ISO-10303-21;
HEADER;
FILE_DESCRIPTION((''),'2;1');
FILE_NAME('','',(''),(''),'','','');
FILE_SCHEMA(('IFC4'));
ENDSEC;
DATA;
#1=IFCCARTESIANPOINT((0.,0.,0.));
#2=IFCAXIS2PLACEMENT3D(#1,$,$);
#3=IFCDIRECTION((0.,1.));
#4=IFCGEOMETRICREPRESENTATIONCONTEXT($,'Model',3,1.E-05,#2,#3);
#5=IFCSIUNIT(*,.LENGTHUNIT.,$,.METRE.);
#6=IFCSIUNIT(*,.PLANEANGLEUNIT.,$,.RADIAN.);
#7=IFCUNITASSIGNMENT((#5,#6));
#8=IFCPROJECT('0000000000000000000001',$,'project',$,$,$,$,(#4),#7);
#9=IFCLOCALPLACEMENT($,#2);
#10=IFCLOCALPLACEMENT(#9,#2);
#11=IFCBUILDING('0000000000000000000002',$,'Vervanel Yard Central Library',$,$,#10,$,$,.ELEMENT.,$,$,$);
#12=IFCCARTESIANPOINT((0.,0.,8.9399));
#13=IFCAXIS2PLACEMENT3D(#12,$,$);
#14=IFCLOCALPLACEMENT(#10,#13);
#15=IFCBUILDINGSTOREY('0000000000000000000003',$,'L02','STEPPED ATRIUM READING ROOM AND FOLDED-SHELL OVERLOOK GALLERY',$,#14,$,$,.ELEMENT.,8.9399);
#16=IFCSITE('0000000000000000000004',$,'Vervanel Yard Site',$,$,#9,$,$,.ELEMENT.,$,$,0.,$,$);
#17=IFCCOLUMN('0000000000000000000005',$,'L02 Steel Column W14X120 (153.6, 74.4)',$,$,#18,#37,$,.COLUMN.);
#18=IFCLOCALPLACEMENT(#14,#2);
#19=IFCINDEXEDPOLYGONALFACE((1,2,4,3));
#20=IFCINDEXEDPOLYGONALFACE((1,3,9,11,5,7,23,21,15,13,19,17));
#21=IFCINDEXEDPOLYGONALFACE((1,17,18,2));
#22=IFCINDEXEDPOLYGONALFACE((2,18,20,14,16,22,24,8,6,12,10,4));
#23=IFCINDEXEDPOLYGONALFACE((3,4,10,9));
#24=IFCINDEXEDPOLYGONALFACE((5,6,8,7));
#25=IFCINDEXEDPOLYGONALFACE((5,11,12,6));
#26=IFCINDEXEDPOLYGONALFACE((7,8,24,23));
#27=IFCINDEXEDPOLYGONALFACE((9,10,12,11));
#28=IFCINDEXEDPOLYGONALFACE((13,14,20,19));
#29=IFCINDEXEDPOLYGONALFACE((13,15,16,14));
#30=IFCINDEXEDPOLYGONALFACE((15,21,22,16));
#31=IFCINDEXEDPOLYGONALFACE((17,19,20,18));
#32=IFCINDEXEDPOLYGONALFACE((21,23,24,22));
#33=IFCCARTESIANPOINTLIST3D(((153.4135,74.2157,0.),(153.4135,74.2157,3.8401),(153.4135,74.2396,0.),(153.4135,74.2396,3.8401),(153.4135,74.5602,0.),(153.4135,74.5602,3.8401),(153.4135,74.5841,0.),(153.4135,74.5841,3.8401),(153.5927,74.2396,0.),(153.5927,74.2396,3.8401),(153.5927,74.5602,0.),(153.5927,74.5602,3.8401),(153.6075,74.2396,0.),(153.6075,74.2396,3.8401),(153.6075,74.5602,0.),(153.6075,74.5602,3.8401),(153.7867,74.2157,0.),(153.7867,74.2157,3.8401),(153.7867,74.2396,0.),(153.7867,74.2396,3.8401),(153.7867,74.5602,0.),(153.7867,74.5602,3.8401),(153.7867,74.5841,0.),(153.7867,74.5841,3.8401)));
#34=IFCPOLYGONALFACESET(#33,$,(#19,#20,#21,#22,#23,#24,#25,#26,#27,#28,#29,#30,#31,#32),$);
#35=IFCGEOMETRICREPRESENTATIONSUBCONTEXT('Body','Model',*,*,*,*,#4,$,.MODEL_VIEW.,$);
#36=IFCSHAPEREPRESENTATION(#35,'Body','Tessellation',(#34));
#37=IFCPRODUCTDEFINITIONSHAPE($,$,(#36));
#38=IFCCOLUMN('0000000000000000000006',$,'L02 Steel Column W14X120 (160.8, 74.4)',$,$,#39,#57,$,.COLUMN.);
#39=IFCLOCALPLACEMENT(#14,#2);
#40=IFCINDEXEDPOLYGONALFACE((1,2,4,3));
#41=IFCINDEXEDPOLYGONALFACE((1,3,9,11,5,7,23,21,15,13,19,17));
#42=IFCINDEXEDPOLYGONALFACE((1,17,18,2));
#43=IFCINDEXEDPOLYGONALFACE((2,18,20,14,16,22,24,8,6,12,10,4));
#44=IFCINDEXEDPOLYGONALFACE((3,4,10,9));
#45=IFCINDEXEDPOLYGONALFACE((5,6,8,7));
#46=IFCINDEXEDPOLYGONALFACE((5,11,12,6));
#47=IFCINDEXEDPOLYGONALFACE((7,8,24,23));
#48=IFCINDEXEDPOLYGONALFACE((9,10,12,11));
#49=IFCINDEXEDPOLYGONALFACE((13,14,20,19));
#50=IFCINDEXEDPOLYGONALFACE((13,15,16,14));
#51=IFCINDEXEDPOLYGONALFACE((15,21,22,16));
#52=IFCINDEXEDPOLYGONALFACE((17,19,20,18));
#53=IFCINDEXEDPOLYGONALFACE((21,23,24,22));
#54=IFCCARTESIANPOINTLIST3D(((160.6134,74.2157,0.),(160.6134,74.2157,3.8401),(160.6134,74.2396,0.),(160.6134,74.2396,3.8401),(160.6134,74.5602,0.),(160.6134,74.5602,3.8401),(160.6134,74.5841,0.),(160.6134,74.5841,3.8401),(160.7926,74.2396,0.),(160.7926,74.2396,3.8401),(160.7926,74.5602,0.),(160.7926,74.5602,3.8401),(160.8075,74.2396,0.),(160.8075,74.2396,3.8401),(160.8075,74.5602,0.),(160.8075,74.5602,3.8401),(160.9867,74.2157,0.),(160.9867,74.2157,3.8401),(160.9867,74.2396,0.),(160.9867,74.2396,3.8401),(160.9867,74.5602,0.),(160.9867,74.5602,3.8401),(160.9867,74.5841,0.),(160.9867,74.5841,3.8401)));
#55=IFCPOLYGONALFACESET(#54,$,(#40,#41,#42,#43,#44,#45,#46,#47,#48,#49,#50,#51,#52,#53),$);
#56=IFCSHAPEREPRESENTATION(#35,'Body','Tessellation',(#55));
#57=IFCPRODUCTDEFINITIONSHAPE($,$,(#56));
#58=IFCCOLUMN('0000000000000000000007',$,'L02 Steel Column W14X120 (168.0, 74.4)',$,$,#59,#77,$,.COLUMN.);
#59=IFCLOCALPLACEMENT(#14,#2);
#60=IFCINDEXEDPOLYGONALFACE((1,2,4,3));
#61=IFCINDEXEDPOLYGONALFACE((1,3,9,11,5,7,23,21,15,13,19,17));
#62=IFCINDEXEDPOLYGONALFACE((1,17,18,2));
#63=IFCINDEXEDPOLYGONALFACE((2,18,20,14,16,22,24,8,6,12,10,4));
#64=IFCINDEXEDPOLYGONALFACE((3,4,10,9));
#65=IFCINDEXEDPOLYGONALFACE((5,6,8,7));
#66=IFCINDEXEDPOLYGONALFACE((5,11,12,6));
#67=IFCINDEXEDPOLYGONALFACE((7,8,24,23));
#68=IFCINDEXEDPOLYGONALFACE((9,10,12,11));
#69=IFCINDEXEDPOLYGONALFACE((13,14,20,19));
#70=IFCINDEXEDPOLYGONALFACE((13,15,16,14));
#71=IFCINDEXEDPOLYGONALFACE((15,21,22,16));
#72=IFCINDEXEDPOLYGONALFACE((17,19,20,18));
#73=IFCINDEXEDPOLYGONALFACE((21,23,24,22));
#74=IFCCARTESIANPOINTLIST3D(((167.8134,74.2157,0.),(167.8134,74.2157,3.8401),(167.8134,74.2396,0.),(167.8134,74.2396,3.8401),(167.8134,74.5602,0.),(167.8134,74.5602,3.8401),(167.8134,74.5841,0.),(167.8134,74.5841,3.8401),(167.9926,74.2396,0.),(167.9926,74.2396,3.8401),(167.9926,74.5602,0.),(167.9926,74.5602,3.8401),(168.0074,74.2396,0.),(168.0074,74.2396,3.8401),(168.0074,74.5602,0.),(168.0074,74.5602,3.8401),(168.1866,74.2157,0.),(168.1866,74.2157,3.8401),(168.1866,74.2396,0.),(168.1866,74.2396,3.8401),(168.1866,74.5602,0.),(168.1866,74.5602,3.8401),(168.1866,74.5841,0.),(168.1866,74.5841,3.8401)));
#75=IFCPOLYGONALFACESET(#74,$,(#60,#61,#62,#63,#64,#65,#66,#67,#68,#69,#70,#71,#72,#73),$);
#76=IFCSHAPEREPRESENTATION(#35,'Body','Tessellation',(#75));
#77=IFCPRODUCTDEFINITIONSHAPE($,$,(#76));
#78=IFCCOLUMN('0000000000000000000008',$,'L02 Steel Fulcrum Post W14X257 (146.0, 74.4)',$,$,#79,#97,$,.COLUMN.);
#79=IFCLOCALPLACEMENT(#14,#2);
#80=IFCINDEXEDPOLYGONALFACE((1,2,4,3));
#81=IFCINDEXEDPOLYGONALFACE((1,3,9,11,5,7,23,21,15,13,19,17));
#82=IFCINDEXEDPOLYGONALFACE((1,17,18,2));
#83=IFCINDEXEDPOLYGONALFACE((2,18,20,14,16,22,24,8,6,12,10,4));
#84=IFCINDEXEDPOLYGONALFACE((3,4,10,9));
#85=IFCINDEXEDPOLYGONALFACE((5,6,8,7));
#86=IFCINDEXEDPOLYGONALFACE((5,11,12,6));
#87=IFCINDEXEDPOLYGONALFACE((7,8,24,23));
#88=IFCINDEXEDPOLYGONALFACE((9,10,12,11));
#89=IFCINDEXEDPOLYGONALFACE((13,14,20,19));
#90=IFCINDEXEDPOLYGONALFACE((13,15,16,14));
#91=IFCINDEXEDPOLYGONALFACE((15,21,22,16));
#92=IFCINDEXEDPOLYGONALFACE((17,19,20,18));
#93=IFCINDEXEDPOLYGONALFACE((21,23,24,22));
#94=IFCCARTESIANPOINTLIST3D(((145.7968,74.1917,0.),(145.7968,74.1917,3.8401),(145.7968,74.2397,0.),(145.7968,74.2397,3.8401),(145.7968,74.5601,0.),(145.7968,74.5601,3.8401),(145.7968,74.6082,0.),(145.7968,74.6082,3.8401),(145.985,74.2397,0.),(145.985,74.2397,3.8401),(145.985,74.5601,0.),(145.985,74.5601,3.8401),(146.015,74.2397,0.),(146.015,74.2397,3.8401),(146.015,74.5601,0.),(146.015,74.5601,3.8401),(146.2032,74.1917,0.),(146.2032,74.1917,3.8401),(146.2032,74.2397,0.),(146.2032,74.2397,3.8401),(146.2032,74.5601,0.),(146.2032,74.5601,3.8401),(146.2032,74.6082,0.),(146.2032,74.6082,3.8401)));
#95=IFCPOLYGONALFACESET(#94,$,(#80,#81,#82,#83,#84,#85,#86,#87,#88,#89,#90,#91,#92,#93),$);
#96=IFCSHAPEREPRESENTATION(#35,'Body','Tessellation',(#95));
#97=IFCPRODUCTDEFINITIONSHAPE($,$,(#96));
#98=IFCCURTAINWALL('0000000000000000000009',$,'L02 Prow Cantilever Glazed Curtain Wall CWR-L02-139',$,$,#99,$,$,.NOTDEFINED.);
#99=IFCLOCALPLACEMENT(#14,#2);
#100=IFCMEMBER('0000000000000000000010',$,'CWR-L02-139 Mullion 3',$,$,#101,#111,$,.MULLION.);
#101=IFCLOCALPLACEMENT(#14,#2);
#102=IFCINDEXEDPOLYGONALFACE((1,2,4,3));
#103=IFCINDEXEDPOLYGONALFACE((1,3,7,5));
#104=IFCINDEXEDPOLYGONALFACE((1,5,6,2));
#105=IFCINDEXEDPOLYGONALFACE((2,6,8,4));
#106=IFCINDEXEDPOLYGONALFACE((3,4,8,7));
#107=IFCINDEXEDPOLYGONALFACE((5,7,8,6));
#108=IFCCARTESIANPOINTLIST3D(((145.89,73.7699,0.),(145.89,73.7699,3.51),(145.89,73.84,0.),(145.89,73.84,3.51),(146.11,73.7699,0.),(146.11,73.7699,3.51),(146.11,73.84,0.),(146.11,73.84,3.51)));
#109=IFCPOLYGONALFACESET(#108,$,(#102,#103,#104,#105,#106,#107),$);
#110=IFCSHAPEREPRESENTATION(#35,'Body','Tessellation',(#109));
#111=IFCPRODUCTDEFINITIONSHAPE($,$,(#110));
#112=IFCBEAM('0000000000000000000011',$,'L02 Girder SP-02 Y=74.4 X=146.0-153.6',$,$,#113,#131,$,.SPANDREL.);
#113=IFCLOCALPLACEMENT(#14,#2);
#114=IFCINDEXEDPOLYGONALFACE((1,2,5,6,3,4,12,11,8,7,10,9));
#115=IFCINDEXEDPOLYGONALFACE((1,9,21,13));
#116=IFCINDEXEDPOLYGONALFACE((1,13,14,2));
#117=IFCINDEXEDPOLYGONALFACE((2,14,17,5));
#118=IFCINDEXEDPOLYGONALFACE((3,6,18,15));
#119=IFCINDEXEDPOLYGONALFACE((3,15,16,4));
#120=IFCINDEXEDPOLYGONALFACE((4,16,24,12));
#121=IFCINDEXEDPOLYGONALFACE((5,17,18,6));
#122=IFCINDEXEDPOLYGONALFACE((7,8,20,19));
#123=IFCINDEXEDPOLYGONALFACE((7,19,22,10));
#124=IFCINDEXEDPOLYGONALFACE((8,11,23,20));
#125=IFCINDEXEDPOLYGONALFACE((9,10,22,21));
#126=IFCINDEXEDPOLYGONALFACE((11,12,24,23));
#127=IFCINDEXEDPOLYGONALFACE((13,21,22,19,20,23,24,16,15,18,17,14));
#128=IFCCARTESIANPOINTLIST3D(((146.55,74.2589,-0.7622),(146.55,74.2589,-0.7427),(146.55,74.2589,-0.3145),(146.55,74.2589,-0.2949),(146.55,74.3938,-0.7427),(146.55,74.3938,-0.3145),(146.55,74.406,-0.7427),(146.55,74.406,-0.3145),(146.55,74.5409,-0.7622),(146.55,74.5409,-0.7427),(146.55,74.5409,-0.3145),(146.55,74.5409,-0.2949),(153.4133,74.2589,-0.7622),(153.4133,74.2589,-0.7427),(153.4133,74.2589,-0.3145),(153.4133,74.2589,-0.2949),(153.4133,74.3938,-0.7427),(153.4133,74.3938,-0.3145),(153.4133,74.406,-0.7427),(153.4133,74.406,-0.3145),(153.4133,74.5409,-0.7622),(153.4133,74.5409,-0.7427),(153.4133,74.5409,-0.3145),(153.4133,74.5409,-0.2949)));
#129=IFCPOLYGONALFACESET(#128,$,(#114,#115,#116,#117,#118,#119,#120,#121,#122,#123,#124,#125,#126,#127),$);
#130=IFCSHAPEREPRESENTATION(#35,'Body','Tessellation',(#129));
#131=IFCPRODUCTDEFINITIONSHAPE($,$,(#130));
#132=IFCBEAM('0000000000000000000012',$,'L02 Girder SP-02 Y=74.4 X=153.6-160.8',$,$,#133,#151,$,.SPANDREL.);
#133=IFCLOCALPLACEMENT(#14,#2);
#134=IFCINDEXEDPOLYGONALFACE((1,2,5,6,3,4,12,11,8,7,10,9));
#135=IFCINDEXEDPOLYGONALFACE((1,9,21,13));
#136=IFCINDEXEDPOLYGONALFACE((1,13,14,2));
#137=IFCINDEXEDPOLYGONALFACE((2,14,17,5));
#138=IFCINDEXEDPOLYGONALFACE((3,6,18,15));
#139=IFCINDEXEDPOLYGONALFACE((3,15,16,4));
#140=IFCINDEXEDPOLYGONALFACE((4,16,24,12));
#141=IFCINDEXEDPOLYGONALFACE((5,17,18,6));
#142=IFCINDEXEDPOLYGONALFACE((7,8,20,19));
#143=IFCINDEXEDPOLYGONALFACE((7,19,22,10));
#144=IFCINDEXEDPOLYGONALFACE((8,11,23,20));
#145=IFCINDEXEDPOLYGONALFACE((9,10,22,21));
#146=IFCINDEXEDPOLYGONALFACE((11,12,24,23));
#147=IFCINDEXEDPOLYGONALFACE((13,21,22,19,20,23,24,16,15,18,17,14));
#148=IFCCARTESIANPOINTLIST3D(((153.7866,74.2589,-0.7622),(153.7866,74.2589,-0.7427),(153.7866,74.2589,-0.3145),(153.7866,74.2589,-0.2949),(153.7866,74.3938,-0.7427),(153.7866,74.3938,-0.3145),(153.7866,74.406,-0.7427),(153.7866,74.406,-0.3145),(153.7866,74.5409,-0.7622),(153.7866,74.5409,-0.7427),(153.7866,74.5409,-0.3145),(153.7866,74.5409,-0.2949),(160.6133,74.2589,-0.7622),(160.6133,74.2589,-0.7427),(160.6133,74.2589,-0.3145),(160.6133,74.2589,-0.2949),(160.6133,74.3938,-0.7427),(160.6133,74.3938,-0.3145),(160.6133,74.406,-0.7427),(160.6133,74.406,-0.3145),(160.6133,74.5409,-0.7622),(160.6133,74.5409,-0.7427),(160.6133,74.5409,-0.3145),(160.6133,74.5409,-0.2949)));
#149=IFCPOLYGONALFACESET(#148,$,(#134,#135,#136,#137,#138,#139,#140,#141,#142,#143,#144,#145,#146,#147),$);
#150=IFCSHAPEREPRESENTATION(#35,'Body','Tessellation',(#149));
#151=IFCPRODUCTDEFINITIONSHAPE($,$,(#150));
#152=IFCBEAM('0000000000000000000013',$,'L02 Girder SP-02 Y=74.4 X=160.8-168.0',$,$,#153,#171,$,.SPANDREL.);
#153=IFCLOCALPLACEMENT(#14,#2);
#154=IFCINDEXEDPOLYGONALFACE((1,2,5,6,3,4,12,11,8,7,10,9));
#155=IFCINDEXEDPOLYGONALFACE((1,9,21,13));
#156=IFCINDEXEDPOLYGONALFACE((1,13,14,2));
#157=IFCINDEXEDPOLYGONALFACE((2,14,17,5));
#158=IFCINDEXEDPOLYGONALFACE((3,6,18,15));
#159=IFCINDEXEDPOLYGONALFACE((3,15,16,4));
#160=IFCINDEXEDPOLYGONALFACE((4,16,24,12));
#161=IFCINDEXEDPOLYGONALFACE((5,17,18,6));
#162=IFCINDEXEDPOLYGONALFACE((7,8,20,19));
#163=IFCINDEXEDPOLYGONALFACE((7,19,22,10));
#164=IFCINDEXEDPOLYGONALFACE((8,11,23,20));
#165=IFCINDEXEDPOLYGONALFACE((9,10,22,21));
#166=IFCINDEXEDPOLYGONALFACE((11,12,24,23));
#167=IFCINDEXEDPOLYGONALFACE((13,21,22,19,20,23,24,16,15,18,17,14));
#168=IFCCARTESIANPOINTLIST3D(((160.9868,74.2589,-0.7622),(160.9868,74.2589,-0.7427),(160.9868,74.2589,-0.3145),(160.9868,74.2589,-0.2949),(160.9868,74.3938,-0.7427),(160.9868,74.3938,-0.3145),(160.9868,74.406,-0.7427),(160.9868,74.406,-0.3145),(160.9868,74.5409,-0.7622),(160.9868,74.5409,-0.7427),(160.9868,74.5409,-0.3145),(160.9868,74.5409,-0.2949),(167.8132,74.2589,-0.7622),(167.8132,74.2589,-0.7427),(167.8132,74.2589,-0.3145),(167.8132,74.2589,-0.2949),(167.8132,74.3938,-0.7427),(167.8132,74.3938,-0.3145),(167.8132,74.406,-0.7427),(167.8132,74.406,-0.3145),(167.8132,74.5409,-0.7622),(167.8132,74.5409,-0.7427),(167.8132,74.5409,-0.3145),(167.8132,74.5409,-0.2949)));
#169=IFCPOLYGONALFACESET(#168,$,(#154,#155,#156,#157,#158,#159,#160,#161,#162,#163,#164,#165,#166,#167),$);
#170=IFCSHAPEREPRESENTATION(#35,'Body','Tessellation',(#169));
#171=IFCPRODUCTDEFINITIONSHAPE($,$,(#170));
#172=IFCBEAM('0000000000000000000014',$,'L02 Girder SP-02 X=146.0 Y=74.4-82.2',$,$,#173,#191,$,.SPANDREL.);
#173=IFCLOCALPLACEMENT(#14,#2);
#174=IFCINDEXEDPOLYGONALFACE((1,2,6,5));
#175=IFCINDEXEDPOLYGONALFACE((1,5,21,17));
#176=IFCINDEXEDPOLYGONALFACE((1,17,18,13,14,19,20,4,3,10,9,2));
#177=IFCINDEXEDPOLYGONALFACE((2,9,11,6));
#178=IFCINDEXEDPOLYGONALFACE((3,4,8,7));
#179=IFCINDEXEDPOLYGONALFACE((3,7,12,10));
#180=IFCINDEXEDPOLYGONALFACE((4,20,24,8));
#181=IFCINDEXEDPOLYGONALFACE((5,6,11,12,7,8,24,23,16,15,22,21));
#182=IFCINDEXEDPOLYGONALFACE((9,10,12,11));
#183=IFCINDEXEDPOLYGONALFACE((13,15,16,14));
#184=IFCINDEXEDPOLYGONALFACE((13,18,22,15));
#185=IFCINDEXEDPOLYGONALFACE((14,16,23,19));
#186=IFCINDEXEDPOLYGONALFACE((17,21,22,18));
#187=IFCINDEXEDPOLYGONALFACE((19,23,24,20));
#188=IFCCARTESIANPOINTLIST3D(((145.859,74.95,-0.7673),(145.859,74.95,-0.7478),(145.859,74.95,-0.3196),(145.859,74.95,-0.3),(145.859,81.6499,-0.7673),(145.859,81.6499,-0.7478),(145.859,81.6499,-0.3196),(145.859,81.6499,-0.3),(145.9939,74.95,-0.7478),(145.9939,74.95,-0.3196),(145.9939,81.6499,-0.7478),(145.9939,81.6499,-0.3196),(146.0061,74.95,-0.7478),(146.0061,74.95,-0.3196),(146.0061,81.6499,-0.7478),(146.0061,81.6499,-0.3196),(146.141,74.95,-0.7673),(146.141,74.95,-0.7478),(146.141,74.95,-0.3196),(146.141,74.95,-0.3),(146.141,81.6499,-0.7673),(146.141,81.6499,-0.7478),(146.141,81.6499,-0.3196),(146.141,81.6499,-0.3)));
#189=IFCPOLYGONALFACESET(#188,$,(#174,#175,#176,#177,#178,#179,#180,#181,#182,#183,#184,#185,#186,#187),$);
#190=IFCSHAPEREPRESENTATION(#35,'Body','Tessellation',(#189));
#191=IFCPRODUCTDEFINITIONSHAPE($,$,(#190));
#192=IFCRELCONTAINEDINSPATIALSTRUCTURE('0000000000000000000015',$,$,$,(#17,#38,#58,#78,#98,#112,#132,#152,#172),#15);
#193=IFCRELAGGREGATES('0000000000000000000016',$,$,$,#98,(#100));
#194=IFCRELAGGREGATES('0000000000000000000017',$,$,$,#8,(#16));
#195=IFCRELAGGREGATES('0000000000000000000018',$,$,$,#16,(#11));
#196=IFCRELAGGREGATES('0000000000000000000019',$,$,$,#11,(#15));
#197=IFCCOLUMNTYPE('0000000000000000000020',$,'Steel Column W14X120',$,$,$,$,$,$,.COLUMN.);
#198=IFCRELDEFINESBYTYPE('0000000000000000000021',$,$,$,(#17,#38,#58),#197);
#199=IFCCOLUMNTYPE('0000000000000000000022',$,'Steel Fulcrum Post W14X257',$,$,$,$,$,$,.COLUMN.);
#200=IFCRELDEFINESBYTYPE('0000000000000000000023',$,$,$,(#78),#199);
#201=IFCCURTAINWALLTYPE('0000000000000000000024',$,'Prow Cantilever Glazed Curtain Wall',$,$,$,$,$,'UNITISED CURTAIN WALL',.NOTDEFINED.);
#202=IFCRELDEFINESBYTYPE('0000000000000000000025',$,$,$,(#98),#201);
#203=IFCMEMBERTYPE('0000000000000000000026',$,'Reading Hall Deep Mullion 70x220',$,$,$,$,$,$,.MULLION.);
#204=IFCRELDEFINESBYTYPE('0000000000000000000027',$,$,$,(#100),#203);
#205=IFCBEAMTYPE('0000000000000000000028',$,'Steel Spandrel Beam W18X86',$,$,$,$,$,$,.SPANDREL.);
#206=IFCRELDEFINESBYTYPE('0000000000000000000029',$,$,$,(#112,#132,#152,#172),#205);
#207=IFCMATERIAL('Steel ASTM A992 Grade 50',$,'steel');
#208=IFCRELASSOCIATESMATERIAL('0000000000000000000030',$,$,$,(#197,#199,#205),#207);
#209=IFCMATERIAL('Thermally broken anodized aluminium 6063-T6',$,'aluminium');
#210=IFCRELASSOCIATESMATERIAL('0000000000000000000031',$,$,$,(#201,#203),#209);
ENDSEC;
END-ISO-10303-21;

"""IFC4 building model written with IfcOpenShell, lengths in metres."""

from ifc_helpers import new_model, si_unit, direction, frame, origin, origin_2d, place, context, subcontext, project, spatial, rectangle, i_section, extrude, material, material_profile, profile_set, type_object, element, aggregate, save


model = new_model("IFC4")

# Units and contexts
model_context = context("Model", 3, precision=1e-05, world=origin(), true_north=direction((0.0, 1.0)))
body_context = subcontext(model_context, "Body", "Model", "MODEL_VIEW")
ifc_project = project(units=[si_unit("LENGTHUNIT", "METRE"), si_unit("PLANEANGLEUNIT", "RADIAN")], contexts=[model_context])

# Site, building, storey
site_placement = place(None, origin())
site = spatial("IfcSite", under=ifc_project, at=site_placement, Name="Vervanel Yard Site", CompositionType="ELEMENT", RefElevation=0.0)
building_placement = place(site_placement, origin())
building = spatial("IfcBuilding", under=site, at=building_placement, Name="Vervanel Yard Central Library", CompositionType="ELEMENT")
storey_placement = place(building_placement, frame((0.0, 0.0, 8.9399)))
storey = spatial("IfcBuildingStorey", under=building, at=storey_placement, Name="L02", Description="STEPPED ATRIUM READING ROOM AND FOLDED-SHELL OVERLOOK GALLERY", CompositionType="ELEMENT", Elevation=8.9399)

# Columns
ifc_material_1 = material(Name="Steel ASTM A992 Grade 50", Category="steel")
ifc_material_profile_1 = material_profile(ifc_material_1, i_section(OverallWidth=0.3733, OverallDepth=0.3684, WebThickness=0.0149, FlangeThickness=0.0239, at=origin_2d()), Name="W14X120", Category="steel")
ifc_profile_set_1 = profile_set([ifc_material_profile_1], Name="Steel ASTM A992 Grade 50")
column_type_1 = type_object("IfcColumnType", Name="Steel Column W14X120", PredefinedType="COLUMN", material=ifc_profile_set_1)
for number, where, z_axis, x_axis, name in (
    (1, (153.6001, 74.3999, 0.0), (0.0, 0.0, 1.0), (1.0, 0.0, 0.0), "L02 Steel Column W14X120 (153.6, 74.4)"),
    (2, (160.8, 74.3999, 0.0), (0.0, 0.0, 1.0), (1.0, 0.0, 0.0), "L02 Steel Column W14X120 (160.8, 74.4)"),
    (3, (168.0, 74.3999, 0.0), (0.0, 0.0, 1.0), (1.0, 0.0, 0.0), "L02 Steel Column W14X120 (168.0, 74.4)"),
):
    element("IfcColumn", number, at=place(storey_placement, frame(where, z_axis=z_axis, x_axis=x_axis)), inside=storey, type_object=column_type_1, Name=name, PredefinedType="COLUMN", context=body_context, shape_type="SweptSolid", body=[
        extrude(i_section(OverallWidth=0.3733, OverallDepth=0.3684, WebThickness=0.0149, FlangeThickness=0.0239, at=origin_2d()), origin(), (0.0, 0.0, 1.0), 3.8401),
    ])
ifc_material_profile_2 = material_profile(ifc_material_1, i_section(OverallWidth=0.4065, OverallDepth=0.4165, WebThickness=0.03, FlangeThickness=0.0481, at=origin_2d()), Name="W14X257", Category="steel")
ifc_profile_set_2 = profile_set([ifc_material_profile_2], Name="Steel ASTM A992 Grade 50")
column_type_2 = type_object("IfcColumnType", Name="Steel Fulcrum Post W14X257", PredefinedType="COLUMN", material=ifc_profile_set_2)
column_placement = place(storey_placement, frame((146.0, 74.3999, 0.0), z_axis=(0.0, 0.0, 1.0), x_axis=(1.0, 0.0, 0.0)))
element("IfcColumn", 4, at=column_placement, inside=storey, type_object=column_type_2, Name="L02 Steel Fulcrum Post W14X257 (146.0, 74.4)", PredefinedType="COLUMN", context=body_context, shape_type="SweptSolid", body=[
    extrude(i_section(OverallWidth=0.4065, OverallDepth=0.4165, WebThickness=0.03, FlangeThickness=0.0481, at=origin_2d()), origin(), (0.0, 0.0, 1.0), 3.8401),
])

# Curtain wall, member
ifc_material_2 = material(Name="Thermally broken anodized aluminium 6063-T6", Category="aluminium")
curtain_wall_type = type_object("IfcCurtainWallType", Name="Prow Cantilever Glazed Curtain Wall", ElementType="UNITISED CURTAIN WALL", PredefinedType="NOTDEFINED", material=ifc_material_2)
curtain_wall_placement = place(storey_placement, origin())
curtain_wall = element("IfcCurtainWall", 5, at=curtain_wall_placement, inside=storey, type_object=curtain_wall_type, Name="L02 Prow Cantilever Glazed Curtain Wall CWR-L02-139", PredefinedType="NOTDEFINED")
ifc_material_profile_3 = material_profile(ifc_material_2, rectangle(XDim=0.0701, YDim=0.22, at=origin_2d()), Name="ALU 70x220", Category="aluminium")
ifc_profile_set_3 = profile_set([ifc_material_profile_3], Name="Thermally broken anodized aluminium 6063-T6")
member_type = type_object("IfcMemberType", Name="Reading Hall Deep Mullion 70x220", PredefinedType="MULLION", material=ifc_profile_set_3)
member_placement = place(storey_placement, frame((146.0, 73.8049, 0.0), z_axis=(0.0, 0.0, 1.0), x_axis=(0.0, 1.0, 0.0)))
member = element("IfcMember", 6, at=member_placement, type_object=member_type, Name="CWR-L02-139 Mullion 3", PredefinedType="MULLION", context=body_context, shape_type="SweptSolid", body=[
    extrude(rectangle(XDim=0.0701, YDim=0.22, at=origin_2d()), origin(), (0.0, 0.0, 1.0), 3.51),
])
aggregate(curtain_wall, [member])

# Beams
ifc_material_profile_4 = material_profile(ifc_material_1, i_section(OverallWidth=0.282, OverallDepth=0.4673, WebThickness=0.0122, FlangeThickness=0.0195, at=origin_2d()), Name="W18X86", Category="steel")
ifc_profile_set_4 = profile_set([ifc_material_profile_4], Name="Steel ASTM A992 Grade 50")
beam_type = type_object("IfcBeamType", Name="Steel Spandrel Beam W18X86", PredefinedType="SPANDREL", material=ifc_profile_set_4)
beam_1_placement = place(storey_placement, frame((146.55, 74.3999, -0.5286), z_axis=(1.0, 0.0, 0.0), x_axis=(0.0, 1.0, 0.0)))
element("IfcBeam", 7, at=beam_1_placement, inside=storey, type_object=beam_type, Name="L02 Girder SP-02 Y=74.4 X=146.0-153.6", PredefinedType="SPANDREL", context=body_context, shape_type="SweptSolid", body=[
    extrude(i_section(OverallWidth=0.282, OverallDepth=0.4673, WebThickness=0.0122, FlangeThickness=0.0195, at=origin_2d()), origin(), (0.0, 0.0, 1.0), 6.8633),
])
beam_2_placement = place(storey_placement, frame((153.7866, 74.3999, -0.5286), z_axis=(1.0, 0.0, 0.0), x_axis=(0.0, 1.0, 0.0)))
element("IfcBeam", 8, at=beam_2_placement, inside=storey, type_object=beam_type, Name="L02 Girder SP-02 Y=74.4 X=153.6-160.8", PredefinedType="SPANDREL", context=body_context, shape_type="SweptSolid", body=[
    extrude(i_section(OverallWidth=0.282, OverallDepth=0.4673, WebThickness=0.0122, FlangeThickness=0.0195, at=origin_2d()), origin(), (0.0, 0.0, 1.0), 6.8267),
])
beam_3_placement = place(storey_placement, frame((160.9868, 74.3999, -0.5286), z_axis=(1.0, 0.0, 0.0), x_axis=(0.0, 1.0, 0.0)))
element("IfcBeam", 9, at=beam_3_placement, inside=storey, type_object=beam_type, Name="L02 Girder SP-02 Y=74.4 X=160.8-168.0", PredefinedType="SPANDREL", context=body_context, shape_type="SweptSolid", body=[
    extrude(i_section(OverallWidth=0.282, OverallDepth=0.4673, WebThickness=0.0122, FlangeThickness=0.0195, at=origin_2d()), origin(), (0.0, 0.0, 1.0), 6.8264),
])
beam_4_placement = place(storey_placement, frame((146.0, 74.95, -0.5337), z_axis=(0.0, 1.0, 0.0), x_axis=(-1.0, 0.0, 0.0)))
element("IfcBeam", 10, at=beam_4_placement, inside=storey, type_object=beam_type, Name="L02 Girder SP-02 X=146.0 Y=74.4-82.2", PredefinedType="SPANDREL", context=body_context, shape_type="SweptSolid", body=[
    extrude(i_section(OverallWidth=0.282, OverallDepth=0.4673, WebThickness=0.0122, FlangeThickness=0.0195, at=origin_2d()), origin(), (0.0, 0.0, 1.0), 6.7),
])

save(model, "model.ifc")
